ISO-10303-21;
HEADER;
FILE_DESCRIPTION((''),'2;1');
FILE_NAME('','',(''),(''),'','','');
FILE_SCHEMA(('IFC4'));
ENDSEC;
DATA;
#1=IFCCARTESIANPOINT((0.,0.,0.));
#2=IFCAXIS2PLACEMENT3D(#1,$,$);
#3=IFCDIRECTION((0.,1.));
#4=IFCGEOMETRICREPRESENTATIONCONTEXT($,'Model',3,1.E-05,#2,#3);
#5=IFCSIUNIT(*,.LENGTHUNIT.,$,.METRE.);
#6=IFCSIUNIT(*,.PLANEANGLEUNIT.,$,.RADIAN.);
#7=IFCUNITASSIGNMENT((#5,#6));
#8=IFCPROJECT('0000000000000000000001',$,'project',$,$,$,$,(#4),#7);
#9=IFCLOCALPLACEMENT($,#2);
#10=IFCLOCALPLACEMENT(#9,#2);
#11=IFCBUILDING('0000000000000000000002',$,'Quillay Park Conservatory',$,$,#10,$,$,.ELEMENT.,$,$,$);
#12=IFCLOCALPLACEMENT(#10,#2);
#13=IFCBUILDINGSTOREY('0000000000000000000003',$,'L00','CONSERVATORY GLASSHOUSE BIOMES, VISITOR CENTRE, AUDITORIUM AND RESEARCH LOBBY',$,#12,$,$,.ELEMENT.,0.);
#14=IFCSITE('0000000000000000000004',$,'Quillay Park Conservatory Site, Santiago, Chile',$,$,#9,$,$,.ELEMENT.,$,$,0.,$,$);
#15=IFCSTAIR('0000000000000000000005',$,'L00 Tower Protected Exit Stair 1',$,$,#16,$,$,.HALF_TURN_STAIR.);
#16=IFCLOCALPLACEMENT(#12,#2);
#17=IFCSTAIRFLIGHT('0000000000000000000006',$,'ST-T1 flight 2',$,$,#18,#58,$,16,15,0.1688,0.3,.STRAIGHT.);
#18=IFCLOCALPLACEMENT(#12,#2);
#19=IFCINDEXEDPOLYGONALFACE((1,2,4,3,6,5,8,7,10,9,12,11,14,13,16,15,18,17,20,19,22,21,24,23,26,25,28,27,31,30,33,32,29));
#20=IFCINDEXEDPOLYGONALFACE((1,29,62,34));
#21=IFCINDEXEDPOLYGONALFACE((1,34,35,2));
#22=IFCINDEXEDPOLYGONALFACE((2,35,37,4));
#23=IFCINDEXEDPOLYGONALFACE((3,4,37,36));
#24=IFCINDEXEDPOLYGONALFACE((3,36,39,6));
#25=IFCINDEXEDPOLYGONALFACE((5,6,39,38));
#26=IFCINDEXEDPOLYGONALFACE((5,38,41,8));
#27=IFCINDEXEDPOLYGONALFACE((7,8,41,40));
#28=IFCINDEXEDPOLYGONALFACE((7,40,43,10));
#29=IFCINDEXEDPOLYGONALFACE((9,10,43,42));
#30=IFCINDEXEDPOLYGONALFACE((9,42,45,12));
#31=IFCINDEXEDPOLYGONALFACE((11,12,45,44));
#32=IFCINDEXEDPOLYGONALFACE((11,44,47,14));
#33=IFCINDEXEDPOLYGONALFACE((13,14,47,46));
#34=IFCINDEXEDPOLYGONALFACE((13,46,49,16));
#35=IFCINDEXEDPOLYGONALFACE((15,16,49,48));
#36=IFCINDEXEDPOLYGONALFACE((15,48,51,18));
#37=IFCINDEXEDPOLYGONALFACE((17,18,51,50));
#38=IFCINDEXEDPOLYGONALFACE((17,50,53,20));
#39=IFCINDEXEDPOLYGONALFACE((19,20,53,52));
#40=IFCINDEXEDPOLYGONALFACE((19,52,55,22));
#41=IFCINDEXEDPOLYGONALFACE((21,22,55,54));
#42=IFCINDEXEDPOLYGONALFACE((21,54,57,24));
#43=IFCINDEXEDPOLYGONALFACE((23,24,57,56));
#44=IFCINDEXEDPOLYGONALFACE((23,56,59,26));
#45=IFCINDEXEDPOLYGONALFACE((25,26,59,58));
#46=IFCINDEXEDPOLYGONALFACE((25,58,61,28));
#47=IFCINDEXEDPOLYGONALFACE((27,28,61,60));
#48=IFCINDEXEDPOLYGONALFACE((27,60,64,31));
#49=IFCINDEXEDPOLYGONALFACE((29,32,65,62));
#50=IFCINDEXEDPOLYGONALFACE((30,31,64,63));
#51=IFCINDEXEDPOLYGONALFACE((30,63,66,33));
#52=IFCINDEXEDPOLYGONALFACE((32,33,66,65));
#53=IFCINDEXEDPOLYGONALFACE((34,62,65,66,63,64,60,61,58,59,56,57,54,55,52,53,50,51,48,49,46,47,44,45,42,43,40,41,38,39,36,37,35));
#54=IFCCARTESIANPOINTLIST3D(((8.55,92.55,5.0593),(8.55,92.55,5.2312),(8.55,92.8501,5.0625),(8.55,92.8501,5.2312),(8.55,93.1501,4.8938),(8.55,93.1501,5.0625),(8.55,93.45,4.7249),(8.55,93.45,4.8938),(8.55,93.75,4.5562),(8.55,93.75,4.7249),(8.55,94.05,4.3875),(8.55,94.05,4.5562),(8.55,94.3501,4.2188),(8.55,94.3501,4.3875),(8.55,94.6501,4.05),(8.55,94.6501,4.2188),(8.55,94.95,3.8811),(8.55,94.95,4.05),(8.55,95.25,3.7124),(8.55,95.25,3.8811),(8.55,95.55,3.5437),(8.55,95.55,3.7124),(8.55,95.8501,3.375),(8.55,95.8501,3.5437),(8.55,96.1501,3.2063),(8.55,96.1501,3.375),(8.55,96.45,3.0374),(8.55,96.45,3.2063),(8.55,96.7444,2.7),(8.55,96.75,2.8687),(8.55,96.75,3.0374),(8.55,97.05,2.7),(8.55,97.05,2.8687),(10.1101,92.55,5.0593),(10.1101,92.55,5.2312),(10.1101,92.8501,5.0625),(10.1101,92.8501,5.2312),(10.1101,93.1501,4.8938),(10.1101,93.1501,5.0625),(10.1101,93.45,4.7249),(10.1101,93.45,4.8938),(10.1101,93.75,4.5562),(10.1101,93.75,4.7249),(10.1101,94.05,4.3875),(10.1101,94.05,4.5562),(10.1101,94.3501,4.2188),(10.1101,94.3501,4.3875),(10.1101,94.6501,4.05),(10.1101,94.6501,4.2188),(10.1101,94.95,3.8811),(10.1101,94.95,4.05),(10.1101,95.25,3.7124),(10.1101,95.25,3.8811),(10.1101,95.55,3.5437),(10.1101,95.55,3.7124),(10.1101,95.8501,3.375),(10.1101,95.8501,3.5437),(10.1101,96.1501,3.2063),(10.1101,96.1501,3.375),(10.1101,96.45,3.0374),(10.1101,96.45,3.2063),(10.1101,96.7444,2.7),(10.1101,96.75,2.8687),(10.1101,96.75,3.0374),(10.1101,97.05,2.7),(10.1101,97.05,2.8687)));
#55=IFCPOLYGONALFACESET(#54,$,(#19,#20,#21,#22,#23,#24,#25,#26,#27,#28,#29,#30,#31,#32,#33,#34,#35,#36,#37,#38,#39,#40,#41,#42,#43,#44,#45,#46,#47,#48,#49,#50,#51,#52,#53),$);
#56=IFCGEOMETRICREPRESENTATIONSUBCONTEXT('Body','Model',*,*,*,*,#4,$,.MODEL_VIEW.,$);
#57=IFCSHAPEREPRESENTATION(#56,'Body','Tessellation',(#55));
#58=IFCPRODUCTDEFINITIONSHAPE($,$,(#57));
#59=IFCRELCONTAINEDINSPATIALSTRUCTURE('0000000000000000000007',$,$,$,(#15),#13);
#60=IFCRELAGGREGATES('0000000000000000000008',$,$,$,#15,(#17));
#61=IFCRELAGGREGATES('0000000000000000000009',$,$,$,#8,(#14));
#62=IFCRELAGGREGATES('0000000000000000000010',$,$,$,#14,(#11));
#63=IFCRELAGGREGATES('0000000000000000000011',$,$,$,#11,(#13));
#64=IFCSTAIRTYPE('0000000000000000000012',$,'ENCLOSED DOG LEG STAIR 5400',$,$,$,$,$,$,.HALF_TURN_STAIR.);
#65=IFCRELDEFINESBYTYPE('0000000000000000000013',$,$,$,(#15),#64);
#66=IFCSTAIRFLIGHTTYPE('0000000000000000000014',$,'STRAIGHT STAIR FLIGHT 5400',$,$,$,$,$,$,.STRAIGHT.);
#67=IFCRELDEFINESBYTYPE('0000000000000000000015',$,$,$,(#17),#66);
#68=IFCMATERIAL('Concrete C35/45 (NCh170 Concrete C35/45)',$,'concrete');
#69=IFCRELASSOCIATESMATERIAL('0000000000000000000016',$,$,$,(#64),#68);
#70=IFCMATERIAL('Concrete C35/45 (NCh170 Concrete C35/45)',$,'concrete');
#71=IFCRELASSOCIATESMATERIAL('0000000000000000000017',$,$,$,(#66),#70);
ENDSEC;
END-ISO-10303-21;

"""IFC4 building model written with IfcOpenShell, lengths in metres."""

from ifc_helpers import new_model, si_unit, direction, frame, origin, place, context, subcontext, project, spatial, polyline, outline, extrude, material, type_object, element, aggregate, save


model = new_model("IFC4")

# Units and contexts
model_context = context("Model", 3, precision=1e-05, world=origin(), true_north=direction((0.0, 1.0)))
body_context = subcontext(model_context, "Body", "Model", "MODEL_VIEW")
ifc_project = project(units=[si_unit("LENGTHUNIT", "METRE"), si_unit("PLANEANGLEUNIT", "RADIAN")], contexts=[model_context])

# Site, building, storey
site_placement = place(None, origin())
site = spatial("IfcSite", under=ifc_project, at=site_placement, Name="Quillay Park Conservatory Site, Santiago, Chile", CompositionType="ELEMENT", RefElevation=0.0)
building_placement = place(site_placement, origin())
building = spatial("IfcBuilding", under=site, at=building_placement, Name="Quillay Park Conservatory", CompositionType="ELEMENT")
storey_placement = place(building_placement, origin())
storey = spatial("IfcBuildingStorey", under=building, at=storey_placement, Name="L00", Description="CONSERVATORY GLASSHOUSE BIOMES, VISITOR CENTRE, AUDITORIUM AND RESEARCH LOBBY", CompositionType="ELEMENT", Elevation=0.0)

# Stair, stair flight
ifc_material_1 = material(Name="Concrete C35/45 (NCh170 Concrete C35/45)", Category="concrete")
stair_type = type_object("IfcStairType", Name="ENCLOSED DOG LEG STAIR 5400", PredefinedType="HALF_TURN_STAIR", material=ifc_material_1)
stair_placement = place(storey_placement, origin())
stair = element("IfcStair", 1, at=stair_placement, inside=storey, type_object=stair_type, Name="L00 Tower Protected Exit Stair 1", PredefinedType="HALF_TURN_STAIR")
ifc_material_2 = material(Name="Concrete C35/45 (NCh170 Concrete C35/45)", Category="concrete")
stair_flight_type = type_object("IfcStairFlightType", Name="STRAIGHT STAIR FLIGHT 5400", PredefinedType="STRAIGHT", material=ifc_material_2)
stair_flight_placement = place(storey_placement, frame((9.3301, 97.05, 2.7), z_axis=(0.0, 0.0, 1.0), x_axis=(0.0, -1.0, 0.0)))
stair_flight = element("IfcStairFlight", 2, at=stair_flight_placement, type_object=stair_flight_type, Name="ST-T1 flight 2", NumberOfRisers=16, NumberOfTreads=15, PredefinedType="STRAIGHT", RiserHeight=0.1688, TreadLength=0.3, context=body_context, shape_type="SweptSolid", body=[
    extrude(outline(polyline([(0.0, 0.0), (0.0, 0.1687), (0.3, 0.1687), (0.3, 0.3374), (0.6001, 0.3374), (0.6001, 0.5063), (0.8999, 0.5063), (0.8999, 0.675), (1.2, 0.675), (1.2, 0.8438), (1.5, 0.8438), (1.5, 1.0125), (1.8, 1.0125), (1.8, 1.1812), (2.1001, 1.1812), (2.1001, 1.3501), (2.3999, 1.3501), (2.3999, 1.5188), (2.7, 1.5188), (2.7, 1.6875), (3.0, 1.6875), (3.0, 1.8562), (3.3, 1.8562), (3.3, 2.0249), (3.6001, 2.0249), (3.6001, 2.1938), (3.8999, 2.1938), (3.8999, 2.3625), (4.2, 2.3625), (4.2, 2.5312), (4.5, 2.5312), (4.5, 2.7), (4.5, 2.3594), (0.3057, 0.0), (0.0, 0.0)])), frame((0.0, 0.78, 0.0), z_axis=(0.0, -1.0, 0.0), x_axis=(1.0, 0.0, 0.0)), (0.0, 0.0, 1.0), 1.5601),
])
aggregate(stair, [stair_flight])

save(model, "model.ifc")
